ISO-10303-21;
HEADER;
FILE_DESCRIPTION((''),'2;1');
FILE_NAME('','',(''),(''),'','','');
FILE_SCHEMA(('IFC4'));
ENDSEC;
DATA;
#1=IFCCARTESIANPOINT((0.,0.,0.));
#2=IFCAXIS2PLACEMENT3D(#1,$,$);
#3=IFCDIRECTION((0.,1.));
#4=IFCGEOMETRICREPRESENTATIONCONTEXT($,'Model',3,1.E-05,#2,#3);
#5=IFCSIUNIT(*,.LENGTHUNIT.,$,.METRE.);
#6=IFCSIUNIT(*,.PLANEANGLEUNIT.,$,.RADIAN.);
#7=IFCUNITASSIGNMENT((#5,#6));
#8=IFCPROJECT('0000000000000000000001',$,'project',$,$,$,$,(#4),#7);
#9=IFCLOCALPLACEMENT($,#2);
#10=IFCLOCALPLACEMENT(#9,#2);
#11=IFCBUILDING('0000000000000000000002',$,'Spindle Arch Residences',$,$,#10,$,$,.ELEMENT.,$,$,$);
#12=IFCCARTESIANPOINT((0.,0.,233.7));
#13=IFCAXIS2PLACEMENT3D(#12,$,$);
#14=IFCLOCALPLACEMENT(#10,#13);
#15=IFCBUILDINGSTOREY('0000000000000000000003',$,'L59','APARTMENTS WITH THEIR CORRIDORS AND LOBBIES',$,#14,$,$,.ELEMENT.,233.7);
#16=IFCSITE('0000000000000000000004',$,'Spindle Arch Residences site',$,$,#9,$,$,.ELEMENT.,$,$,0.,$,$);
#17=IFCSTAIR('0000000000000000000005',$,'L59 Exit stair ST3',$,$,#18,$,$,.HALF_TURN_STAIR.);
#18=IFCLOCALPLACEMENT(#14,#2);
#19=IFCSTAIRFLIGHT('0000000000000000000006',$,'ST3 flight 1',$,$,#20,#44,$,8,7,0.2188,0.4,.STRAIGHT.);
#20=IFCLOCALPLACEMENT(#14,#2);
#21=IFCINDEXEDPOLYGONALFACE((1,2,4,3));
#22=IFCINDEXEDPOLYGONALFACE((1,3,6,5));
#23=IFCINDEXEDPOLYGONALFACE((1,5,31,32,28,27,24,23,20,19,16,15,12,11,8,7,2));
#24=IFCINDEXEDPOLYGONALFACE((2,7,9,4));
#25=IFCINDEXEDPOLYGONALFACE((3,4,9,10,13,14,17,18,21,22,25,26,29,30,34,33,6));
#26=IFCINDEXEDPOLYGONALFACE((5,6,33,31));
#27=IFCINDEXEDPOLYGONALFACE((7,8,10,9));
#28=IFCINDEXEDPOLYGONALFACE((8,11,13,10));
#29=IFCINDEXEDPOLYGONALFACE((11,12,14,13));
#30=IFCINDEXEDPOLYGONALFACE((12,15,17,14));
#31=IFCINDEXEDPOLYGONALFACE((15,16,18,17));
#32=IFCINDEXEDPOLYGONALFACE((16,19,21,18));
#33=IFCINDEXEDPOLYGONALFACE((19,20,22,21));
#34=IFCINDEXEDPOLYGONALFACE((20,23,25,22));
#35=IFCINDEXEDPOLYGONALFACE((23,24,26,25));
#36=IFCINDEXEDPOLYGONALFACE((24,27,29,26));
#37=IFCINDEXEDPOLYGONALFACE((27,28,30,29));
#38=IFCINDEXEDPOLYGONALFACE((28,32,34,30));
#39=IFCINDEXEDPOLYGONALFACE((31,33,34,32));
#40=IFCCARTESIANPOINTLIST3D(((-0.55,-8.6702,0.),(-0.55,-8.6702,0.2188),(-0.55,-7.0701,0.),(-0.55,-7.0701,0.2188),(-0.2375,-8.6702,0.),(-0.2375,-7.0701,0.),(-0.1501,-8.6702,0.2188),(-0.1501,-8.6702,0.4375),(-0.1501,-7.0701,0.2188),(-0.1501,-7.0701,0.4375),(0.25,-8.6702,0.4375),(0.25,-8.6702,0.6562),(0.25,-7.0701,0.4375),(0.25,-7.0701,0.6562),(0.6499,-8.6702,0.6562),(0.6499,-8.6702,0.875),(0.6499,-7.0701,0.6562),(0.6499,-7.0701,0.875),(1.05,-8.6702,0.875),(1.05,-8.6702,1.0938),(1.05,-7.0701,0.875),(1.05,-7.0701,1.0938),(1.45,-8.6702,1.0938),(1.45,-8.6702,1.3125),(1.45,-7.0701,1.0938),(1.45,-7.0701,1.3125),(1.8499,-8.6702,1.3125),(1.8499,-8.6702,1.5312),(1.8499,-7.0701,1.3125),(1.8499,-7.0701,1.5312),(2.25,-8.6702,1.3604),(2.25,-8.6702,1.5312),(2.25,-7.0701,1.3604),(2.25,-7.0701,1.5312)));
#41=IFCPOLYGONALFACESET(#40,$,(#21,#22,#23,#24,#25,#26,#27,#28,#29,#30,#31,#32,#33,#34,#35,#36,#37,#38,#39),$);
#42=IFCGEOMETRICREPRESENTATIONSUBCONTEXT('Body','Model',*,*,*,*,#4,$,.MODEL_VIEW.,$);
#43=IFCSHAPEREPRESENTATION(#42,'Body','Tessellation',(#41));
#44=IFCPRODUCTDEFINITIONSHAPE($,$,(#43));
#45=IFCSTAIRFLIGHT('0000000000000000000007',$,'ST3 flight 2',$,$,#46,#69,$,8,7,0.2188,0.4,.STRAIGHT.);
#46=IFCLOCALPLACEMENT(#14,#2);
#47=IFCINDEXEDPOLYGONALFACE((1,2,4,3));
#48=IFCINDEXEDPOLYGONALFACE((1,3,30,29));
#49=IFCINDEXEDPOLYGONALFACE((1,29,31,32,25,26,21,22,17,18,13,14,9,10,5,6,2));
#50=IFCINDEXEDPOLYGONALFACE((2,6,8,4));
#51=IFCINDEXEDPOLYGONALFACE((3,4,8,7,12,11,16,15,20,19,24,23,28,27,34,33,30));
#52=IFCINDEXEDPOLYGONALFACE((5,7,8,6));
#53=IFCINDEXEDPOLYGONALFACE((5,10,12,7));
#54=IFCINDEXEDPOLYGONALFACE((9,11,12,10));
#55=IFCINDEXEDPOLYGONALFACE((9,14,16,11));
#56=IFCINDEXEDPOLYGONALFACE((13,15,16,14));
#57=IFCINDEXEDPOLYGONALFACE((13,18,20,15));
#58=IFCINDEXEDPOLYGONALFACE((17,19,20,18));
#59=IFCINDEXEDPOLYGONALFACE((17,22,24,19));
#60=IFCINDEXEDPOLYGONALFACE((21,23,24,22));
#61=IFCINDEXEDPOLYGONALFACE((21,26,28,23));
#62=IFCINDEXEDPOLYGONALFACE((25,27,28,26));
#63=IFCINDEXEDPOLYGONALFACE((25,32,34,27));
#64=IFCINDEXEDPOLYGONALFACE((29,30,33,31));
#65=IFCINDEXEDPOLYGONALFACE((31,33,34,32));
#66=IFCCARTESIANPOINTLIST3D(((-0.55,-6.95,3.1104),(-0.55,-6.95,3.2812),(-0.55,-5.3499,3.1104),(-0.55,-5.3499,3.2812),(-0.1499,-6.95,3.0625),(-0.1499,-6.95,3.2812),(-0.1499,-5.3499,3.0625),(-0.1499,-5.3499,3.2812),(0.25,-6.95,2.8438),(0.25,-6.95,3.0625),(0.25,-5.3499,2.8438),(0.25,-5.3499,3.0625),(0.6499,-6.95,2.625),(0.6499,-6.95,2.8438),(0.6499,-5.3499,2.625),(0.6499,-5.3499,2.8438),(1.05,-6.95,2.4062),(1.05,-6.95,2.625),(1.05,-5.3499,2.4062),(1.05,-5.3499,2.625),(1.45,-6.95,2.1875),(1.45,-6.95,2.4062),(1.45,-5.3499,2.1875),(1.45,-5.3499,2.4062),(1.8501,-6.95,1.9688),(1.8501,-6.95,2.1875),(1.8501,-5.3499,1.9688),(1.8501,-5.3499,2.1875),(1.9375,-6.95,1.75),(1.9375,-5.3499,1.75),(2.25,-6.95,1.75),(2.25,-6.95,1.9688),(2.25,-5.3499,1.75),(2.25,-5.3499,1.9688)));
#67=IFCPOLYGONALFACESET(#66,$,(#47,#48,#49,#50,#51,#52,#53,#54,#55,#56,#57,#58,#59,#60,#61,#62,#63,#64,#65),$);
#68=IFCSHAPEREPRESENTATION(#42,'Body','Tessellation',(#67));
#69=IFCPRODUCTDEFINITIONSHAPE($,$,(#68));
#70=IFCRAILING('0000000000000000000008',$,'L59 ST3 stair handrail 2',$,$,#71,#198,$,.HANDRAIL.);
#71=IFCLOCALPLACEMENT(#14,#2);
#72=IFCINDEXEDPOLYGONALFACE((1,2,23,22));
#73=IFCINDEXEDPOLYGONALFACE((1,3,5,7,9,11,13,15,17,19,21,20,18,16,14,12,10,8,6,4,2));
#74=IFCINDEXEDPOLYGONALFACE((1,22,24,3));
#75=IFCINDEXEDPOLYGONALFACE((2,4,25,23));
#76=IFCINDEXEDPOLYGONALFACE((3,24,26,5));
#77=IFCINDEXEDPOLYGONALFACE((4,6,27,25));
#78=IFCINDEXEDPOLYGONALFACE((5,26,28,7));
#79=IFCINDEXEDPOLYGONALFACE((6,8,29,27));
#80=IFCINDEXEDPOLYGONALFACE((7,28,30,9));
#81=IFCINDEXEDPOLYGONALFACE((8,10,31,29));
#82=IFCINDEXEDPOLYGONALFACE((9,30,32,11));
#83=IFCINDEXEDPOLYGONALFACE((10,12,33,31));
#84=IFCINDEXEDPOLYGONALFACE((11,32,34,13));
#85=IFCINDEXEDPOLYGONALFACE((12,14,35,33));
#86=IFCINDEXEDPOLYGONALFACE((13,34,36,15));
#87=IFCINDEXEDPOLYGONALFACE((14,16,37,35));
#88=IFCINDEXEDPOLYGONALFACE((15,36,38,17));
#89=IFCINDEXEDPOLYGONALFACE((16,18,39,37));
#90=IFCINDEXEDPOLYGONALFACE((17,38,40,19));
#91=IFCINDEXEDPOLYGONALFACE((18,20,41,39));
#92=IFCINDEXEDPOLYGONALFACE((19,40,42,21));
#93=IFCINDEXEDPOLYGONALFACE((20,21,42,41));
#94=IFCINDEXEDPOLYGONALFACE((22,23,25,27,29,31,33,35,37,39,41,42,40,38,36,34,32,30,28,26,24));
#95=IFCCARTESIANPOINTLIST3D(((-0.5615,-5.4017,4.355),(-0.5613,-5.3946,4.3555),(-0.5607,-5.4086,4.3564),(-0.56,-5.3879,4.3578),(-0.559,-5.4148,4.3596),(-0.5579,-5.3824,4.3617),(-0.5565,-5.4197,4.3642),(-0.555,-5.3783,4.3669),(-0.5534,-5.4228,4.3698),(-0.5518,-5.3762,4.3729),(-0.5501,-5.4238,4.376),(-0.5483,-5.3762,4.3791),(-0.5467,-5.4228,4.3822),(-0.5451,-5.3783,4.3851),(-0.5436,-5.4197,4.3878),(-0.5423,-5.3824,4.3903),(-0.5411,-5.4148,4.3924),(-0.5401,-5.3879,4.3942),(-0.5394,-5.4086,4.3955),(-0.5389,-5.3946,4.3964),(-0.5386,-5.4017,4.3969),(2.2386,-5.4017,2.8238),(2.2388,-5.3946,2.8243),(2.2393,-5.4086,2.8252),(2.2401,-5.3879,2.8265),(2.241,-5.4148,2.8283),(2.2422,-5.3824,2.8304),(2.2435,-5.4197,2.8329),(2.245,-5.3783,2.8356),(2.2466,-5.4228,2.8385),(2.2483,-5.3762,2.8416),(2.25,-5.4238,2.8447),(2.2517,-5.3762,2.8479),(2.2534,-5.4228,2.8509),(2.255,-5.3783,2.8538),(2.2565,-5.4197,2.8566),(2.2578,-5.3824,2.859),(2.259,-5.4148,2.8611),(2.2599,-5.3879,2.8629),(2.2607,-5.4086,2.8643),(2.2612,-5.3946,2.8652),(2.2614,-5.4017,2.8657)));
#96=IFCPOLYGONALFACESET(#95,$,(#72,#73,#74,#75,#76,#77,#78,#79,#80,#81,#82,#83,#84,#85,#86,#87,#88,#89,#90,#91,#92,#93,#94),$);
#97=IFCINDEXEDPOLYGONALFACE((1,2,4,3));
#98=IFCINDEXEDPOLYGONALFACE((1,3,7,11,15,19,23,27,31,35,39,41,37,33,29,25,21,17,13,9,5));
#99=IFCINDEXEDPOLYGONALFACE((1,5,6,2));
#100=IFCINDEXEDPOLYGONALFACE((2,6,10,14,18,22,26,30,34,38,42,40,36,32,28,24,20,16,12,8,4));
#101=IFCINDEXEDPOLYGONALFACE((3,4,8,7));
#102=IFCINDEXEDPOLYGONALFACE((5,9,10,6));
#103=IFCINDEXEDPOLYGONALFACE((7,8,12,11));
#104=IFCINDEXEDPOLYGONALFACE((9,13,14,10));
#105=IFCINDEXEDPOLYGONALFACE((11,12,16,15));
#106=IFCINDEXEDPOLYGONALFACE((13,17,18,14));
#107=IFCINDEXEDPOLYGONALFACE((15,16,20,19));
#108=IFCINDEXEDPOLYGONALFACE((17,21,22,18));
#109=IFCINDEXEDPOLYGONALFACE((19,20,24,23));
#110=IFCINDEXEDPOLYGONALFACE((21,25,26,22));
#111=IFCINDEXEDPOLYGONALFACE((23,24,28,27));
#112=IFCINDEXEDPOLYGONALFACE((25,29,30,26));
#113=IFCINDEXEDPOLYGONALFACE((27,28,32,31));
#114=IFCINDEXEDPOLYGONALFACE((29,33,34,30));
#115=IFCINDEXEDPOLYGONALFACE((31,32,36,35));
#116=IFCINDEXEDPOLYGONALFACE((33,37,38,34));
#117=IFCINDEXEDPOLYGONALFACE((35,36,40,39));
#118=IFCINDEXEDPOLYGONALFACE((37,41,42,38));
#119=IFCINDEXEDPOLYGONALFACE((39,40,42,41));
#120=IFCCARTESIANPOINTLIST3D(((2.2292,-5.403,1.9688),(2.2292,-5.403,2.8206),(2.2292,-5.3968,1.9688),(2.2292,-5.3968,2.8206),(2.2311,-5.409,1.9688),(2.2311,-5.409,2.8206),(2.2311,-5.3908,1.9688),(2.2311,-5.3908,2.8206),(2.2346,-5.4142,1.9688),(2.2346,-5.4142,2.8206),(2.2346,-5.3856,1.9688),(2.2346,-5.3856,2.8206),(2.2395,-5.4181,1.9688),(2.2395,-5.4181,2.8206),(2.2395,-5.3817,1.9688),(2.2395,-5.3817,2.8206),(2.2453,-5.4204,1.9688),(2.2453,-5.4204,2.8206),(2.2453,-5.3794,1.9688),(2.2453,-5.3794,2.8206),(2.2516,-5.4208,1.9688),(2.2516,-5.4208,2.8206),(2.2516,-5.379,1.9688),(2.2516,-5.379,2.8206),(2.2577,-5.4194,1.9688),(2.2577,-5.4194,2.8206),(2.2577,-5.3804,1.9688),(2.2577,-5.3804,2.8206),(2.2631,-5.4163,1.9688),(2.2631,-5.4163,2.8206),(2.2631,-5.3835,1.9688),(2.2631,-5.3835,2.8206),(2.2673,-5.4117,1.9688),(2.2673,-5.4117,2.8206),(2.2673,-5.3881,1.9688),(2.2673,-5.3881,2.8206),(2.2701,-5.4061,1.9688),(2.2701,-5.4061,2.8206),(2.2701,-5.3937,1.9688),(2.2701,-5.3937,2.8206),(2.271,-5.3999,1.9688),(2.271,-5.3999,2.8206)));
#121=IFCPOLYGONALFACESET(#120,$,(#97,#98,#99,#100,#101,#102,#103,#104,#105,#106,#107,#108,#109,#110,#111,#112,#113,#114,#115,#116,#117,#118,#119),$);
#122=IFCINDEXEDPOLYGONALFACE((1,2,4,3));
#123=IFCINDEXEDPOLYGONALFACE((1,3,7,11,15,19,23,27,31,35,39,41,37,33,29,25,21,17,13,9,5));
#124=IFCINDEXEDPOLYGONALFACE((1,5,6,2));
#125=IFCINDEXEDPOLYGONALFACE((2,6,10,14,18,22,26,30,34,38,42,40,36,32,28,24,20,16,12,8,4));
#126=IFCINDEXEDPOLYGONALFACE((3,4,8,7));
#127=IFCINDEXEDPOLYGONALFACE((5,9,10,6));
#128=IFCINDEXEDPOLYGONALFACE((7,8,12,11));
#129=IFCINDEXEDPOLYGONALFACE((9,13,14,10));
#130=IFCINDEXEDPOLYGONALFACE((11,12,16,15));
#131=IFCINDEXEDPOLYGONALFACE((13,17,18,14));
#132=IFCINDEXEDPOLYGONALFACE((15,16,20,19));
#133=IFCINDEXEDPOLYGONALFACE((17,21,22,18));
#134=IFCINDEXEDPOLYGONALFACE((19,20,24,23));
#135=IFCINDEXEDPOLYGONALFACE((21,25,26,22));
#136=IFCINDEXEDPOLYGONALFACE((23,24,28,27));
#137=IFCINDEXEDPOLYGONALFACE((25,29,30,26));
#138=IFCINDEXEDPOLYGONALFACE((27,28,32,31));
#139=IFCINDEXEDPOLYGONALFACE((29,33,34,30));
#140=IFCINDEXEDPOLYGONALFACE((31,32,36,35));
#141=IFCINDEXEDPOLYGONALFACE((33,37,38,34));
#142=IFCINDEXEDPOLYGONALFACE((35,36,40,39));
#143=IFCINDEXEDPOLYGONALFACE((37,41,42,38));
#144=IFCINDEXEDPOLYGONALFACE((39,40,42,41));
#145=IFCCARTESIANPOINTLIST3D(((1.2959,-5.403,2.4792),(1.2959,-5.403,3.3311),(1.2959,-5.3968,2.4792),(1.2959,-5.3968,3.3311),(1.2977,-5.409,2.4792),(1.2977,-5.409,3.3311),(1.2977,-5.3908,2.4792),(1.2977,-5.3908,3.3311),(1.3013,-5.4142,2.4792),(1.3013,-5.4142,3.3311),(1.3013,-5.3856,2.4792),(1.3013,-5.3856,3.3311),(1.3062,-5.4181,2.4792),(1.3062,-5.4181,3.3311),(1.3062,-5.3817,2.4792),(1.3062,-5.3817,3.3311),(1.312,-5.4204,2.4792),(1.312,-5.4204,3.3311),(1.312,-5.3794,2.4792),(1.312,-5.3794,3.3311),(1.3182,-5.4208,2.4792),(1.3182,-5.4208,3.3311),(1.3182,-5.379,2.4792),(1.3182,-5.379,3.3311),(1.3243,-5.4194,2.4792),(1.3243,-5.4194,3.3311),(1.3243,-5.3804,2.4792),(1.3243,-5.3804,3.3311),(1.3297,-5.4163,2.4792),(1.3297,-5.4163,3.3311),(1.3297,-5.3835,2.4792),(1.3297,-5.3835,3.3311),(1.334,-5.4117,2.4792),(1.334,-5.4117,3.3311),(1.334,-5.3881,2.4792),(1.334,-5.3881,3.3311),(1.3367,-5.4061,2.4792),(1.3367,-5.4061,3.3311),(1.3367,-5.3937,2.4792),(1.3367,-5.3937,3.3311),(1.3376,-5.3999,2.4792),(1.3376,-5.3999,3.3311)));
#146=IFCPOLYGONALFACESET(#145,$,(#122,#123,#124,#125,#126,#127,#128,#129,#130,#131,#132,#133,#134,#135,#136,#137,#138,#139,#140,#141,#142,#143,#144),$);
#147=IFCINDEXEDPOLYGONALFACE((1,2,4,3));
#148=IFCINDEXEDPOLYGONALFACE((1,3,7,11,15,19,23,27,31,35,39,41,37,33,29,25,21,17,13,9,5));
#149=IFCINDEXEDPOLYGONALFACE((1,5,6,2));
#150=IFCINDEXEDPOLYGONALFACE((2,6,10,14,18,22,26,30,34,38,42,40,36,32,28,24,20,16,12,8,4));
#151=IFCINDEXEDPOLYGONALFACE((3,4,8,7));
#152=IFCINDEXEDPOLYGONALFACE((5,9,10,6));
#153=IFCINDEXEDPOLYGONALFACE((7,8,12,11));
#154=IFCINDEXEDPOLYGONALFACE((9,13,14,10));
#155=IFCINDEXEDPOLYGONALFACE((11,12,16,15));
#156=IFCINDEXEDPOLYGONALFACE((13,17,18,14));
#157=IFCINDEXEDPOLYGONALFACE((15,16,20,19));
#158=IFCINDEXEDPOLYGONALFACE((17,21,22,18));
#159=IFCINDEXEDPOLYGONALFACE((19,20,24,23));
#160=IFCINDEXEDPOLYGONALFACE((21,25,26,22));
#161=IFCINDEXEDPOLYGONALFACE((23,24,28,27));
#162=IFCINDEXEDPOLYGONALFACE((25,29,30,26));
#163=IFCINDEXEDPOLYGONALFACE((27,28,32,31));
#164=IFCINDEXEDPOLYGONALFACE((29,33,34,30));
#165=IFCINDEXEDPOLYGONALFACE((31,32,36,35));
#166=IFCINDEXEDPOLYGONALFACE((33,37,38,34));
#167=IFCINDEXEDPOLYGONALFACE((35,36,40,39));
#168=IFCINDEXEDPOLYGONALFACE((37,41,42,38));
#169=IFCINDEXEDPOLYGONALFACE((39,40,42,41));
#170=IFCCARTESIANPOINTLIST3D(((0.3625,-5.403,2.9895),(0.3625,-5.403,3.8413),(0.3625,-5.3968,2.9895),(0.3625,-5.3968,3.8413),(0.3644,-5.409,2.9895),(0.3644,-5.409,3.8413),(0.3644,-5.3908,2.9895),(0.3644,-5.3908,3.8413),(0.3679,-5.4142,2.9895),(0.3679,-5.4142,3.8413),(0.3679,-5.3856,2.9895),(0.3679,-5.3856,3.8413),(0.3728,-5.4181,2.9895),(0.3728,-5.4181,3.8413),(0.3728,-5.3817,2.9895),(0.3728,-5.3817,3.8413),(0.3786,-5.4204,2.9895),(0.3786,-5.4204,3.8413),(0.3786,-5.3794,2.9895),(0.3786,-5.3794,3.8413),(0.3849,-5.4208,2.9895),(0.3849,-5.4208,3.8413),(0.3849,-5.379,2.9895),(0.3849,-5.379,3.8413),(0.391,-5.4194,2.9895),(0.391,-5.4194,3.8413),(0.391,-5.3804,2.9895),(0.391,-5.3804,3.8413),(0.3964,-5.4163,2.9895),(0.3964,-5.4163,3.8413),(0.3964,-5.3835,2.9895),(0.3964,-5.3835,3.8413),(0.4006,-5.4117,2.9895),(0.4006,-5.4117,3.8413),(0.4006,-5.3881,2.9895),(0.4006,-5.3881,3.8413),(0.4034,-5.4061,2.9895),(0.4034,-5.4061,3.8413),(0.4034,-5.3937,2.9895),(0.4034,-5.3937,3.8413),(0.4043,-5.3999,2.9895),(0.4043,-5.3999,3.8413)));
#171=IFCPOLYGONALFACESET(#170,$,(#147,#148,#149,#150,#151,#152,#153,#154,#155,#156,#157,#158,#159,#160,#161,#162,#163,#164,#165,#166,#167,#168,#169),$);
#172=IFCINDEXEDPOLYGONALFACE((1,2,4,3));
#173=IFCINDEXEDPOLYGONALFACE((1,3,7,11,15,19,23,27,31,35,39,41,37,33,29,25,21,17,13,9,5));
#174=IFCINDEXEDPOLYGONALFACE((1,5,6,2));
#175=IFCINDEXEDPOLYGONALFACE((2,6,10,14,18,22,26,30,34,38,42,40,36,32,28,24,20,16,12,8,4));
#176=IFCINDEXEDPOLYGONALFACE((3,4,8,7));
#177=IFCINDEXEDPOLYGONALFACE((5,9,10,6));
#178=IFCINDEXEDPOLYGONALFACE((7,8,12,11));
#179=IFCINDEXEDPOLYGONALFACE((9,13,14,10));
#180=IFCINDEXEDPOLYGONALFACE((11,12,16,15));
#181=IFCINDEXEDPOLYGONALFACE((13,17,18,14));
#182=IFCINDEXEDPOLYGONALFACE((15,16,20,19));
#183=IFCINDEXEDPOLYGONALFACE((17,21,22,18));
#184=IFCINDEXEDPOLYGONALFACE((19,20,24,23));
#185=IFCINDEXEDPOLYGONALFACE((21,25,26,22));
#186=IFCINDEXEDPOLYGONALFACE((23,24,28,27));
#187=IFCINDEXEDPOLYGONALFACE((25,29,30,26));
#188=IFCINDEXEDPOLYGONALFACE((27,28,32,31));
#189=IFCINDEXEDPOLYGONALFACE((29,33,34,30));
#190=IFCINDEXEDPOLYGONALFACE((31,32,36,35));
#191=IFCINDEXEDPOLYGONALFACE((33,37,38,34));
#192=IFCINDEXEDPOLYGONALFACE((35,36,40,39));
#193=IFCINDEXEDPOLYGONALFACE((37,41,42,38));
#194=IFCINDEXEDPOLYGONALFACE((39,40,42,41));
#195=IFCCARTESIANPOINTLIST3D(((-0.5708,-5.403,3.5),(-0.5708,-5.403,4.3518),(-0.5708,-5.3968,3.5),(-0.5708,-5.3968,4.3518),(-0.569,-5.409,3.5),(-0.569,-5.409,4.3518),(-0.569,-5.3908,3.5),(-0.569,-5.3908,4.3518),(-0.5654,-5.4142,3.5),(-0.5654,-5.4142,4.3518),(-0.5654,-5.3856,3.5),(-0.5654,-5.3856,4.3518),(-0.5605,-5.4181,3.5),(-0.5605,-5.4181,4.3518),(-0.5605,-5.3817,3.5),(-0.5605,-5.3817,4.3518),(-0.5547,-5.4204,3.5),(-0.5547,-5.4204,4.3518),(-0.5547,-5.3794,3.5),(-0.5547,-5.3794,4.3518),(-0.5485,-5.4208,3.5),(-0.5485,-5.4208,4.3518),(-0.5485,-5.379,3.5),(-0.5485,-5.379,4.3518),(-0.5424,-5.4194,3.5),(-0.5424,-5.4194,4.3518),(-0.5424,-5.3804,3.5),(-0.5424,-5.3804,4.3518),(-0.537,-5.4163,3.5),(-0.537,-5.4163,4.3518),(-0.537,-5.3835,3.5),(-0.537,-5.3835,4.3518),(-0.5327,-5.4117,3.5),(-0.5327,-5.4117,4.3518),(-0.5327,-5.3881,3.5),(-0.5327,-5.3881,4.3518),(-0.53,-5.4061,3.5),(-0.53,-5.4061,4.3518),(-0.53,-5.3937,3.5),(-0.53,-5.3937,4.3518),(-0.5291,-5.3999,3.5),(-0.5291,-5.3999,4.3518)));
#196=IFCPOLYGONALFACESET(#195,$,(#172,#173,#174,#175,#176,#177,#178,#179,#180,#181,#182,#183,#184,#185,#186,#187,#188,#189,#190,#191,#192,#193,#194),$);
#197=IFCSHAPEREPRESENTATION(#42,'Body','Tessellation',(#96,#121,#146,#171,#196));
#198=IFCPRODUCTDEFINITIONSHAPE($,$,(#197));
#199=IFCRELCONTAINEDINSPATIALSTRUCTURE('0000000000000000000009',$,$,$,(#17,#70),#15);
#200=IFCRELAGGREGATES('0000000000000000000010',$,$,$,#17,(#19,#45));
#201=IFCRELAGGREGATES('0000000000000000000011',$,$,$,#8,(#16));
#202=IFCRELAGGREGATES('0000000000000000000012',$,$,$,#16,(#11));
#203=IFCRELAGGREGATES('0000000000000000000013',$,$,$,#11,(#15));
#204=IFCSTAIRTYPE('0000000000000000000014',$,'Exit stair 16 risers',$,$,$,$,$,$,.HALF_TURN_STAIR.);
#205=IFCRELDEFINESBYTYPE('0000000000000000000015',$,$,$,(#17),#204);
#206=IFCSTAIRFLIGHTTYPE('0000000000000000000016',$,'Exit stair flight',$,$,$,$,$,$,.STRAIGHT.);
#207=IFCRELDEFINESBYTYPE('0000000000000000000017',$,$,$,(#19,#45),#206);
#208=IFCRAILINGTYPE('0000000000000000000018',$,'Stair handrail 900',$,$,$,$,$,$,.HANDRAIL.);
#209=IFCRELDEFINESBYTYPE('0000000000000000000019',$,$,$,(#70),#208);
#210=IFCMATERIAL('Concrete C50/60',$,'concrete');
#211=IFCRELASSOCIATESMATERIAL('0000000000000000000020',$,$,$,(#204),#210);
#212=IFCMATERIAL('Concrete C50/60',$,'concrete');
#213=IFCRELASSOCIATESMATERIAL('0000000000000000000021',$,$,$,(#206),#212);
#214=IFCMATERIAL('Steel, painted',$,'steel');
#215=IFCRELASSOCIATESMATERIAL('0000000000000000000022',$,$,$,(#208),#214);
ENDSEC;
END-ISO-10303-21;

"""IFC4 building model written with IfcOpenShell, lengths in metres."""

from ifc_helpers import new_model, si_unit, direction, frame, origin, origin_2d, place, context, subcontext, project, spatial, polyline, circle, outline, extrude, material, type_object, element, aggregate, save


model = new_model("IFC4")

# Units and contexts
model_context = context("Model", 3, precision=1e-05, world=origin(), true_north=direction((0.0, 1.0)))
body_context = subcontext(model_context, "Body", "Model", "MODEL_VIEW")
ifc_project = project(units=[si_unit("LENGTHUNIT", "METRE"), si_unit("PLANEANGLEUNIT", "RADIAN")], contexts=[model_context])

# Site, building, storey
site_placement = place(None, origin())
site = spatial("IfcSite", under=ifc_project, at=site_placement, Name="Spindle Arch Residences site", CompositionType="ELEMENT", RefElevation=0.0)
building_placement = place(site_placement, origin())
building = spatial("IfcBuilding", under=site, at=building_placement, Name="Spindle Arch Residences", CompositionType="ELEMENT")
storey_placement = place(building_placement, frame((0.0, 0.0, 233.7)))
storey = spatial("IfcBuildingStorey", under=building, at=storey_placement, Name="L59", Description="APARTMENTS WITH THEIR CORRIDORS AND LOBBIES", CompositionType="ELEMENT", Elevation=233.7)

# Stair
ifc_material_1 = material(Name="Concrete C50/60", Category="concrete")
stair_type = type_object("IfcStairType", Name="Exit stair 16 risers", PredefinedType="HALF_TURN_STAIR", material=ifc_material_1)
stair_1_placement = place(storey_placement, origin())
stair_1 = element("IfcStair", 1, at=stair_1_placement, inside=storey, type_object=stair_type, Name="L59 Exit stair ST3", PredefinedType="HALF_TURN_STAIR")

# Stair flights
ifc_material_2 = material(Name="Concrete C50/60", Category="concrete")
stair_flight_type = type_object("IfcStairFlightType", Name="Exit stair flight", PredefinedType="STRAIGHT", material=ifc_material_2)
stair_flight_1_placement = place(storey_placement, frame((-0.55, -7.8701, 0.0), z_axis=(0.0, 0.0, 1.0), x_axis=(1.0, 0.0, 0.0)))
stair_flight_1 = element("IfcStairFlight", 2, at=stair_flight_1_placement, type_object=stair_flight_type, Name="ST3 flight 1", NumberOfRisers=8, NumberOfTreads=7, PredefinedType="STRAIGHT", RiserHeight=0.2188, TreadLength=0.4, context=body_context, shape_type="SweptSolid", body=[
    extrude(outline(polyline([(0.0, 0.0), (0.0, 0.2188), (0.3999, 0.2188), (0.3999, 0.4375), (0.8, 0.4375), (0.8, 0.6562), (1.2, 0.6562), (1.2, 0.875), (1.6001, 0.875), (1.6001, 1.0938), (2.0, 1.0938), (2.0, 1.3125), (2.3999, 1.3125), (2.3999, 1.5312), (2.8, 1.5312), (2.8, 1.75), (2.8, 1.3604), (0.3125, 0.0), (0.0, 0.0)])), frame((0.0, 0.8, 0.0), z_axis=(0.0, -1.0, 0.0), x_axis=(1.0, 0.0, 0.0)), (0.0, 0.0, 1.0), 1.6001),
])
stair_flight_2_placement = place(storey_placement, frame((2.25, -6.1499, 1.75), z_axis=(0.0, 0.0, 1.0), x_axis=(-1.0, 0.0, 0.0)))
stair_flight_2 = element("IfcStairFlight", 3, at=stair_flight_2_placement, type_object=stair_flight_type, Name="ST3 flight 2", NumberOfRisers=8, NumberOfTreads=7, PredefinedType="STRAIGHT", RiserHeight=0.2188, TreadLength=0.4, context=body_context, shape_type="SweptSolid", body=[
    extrude(outline(polyline([(0.0, 0.0), (0.0, 0.2188), (0.3999, 0.2188), (0.3999, 0.4375), (0.8, 0.4375), (0.8, 0.6562), (1.2, 0.6562), (1.2, 0.875), (1.6001, 0.875), (1.6001, 1.0938), (2.0, 1.0938), (2.0, 1.3125), (2.3999, 1.3125), (2.3999, 1.5312), (2.8, 1.5312), (2.8, 1.75), (2.8, 1.3604), (0.3125, 0.0), (0.0, 0.0)])), frame((0.0, 0.8, 0.0), z_axis=(0.0, -1.0, 0.0), x_axis=(1.0, 0.0, 0.0)), (0.0, 0.0, 1.0), 1.6001),
])
aggregate(stair_1, [stair_flight_1, stair_flight_2])

# Railing
ifc_material_3 = material(Name="Steel, painted", Category="steel")
railing_type_1 = type_object("IfcRailingType", Name="Stair handrail 900", PredefinedType="HANDRAIL", material=ifc_material_3)
railing_1_placement = place(storey_placement, frame((2.25, -5.3999, 1.9688)))
element("IfcRailing", 4, at=railing_1_placement, inside=storey, type_object=railing_type_1, Name="L59 ST3 stair handrail 2", PredefinedType="HANDRAIL", context=body_context, shape_type="SweptSolid", body=[
    extrude(circle(Radius=0.0239, at=origin_2d()), frame((0.0, 0.0, 0.876), z_axis=(-0.877375, 0.0, 0.479806), x_axis=(0.0, -1.0, 0.0)), (0.0, 0.0, 1.0), 3.1914),
    extrude(circle(Radius=0.021, at=origin_2d()), origin(), (0.0, 0.0, 1.0), 0.8518),
    extrude(circle(Radius=0.021, at=origin_2d()), frame((-0.9333, 0.0, 0.5105)), (0.0, 0.0, 1.0), 0.8518),
    extrude(circle(Radius=0.021, at=origin_2d()), frame((-1.8667, 0.0, 1.0208)), (0.0, 0.0, 1.0), 0.8518),
    extrude(circle(Radius=0.021, at=origin_2d()), frame((-2.8, 0.0, 1.5312)), (0.0, 0.0, 1.0), 0.8518),
])

save(model, "model.ifc")
